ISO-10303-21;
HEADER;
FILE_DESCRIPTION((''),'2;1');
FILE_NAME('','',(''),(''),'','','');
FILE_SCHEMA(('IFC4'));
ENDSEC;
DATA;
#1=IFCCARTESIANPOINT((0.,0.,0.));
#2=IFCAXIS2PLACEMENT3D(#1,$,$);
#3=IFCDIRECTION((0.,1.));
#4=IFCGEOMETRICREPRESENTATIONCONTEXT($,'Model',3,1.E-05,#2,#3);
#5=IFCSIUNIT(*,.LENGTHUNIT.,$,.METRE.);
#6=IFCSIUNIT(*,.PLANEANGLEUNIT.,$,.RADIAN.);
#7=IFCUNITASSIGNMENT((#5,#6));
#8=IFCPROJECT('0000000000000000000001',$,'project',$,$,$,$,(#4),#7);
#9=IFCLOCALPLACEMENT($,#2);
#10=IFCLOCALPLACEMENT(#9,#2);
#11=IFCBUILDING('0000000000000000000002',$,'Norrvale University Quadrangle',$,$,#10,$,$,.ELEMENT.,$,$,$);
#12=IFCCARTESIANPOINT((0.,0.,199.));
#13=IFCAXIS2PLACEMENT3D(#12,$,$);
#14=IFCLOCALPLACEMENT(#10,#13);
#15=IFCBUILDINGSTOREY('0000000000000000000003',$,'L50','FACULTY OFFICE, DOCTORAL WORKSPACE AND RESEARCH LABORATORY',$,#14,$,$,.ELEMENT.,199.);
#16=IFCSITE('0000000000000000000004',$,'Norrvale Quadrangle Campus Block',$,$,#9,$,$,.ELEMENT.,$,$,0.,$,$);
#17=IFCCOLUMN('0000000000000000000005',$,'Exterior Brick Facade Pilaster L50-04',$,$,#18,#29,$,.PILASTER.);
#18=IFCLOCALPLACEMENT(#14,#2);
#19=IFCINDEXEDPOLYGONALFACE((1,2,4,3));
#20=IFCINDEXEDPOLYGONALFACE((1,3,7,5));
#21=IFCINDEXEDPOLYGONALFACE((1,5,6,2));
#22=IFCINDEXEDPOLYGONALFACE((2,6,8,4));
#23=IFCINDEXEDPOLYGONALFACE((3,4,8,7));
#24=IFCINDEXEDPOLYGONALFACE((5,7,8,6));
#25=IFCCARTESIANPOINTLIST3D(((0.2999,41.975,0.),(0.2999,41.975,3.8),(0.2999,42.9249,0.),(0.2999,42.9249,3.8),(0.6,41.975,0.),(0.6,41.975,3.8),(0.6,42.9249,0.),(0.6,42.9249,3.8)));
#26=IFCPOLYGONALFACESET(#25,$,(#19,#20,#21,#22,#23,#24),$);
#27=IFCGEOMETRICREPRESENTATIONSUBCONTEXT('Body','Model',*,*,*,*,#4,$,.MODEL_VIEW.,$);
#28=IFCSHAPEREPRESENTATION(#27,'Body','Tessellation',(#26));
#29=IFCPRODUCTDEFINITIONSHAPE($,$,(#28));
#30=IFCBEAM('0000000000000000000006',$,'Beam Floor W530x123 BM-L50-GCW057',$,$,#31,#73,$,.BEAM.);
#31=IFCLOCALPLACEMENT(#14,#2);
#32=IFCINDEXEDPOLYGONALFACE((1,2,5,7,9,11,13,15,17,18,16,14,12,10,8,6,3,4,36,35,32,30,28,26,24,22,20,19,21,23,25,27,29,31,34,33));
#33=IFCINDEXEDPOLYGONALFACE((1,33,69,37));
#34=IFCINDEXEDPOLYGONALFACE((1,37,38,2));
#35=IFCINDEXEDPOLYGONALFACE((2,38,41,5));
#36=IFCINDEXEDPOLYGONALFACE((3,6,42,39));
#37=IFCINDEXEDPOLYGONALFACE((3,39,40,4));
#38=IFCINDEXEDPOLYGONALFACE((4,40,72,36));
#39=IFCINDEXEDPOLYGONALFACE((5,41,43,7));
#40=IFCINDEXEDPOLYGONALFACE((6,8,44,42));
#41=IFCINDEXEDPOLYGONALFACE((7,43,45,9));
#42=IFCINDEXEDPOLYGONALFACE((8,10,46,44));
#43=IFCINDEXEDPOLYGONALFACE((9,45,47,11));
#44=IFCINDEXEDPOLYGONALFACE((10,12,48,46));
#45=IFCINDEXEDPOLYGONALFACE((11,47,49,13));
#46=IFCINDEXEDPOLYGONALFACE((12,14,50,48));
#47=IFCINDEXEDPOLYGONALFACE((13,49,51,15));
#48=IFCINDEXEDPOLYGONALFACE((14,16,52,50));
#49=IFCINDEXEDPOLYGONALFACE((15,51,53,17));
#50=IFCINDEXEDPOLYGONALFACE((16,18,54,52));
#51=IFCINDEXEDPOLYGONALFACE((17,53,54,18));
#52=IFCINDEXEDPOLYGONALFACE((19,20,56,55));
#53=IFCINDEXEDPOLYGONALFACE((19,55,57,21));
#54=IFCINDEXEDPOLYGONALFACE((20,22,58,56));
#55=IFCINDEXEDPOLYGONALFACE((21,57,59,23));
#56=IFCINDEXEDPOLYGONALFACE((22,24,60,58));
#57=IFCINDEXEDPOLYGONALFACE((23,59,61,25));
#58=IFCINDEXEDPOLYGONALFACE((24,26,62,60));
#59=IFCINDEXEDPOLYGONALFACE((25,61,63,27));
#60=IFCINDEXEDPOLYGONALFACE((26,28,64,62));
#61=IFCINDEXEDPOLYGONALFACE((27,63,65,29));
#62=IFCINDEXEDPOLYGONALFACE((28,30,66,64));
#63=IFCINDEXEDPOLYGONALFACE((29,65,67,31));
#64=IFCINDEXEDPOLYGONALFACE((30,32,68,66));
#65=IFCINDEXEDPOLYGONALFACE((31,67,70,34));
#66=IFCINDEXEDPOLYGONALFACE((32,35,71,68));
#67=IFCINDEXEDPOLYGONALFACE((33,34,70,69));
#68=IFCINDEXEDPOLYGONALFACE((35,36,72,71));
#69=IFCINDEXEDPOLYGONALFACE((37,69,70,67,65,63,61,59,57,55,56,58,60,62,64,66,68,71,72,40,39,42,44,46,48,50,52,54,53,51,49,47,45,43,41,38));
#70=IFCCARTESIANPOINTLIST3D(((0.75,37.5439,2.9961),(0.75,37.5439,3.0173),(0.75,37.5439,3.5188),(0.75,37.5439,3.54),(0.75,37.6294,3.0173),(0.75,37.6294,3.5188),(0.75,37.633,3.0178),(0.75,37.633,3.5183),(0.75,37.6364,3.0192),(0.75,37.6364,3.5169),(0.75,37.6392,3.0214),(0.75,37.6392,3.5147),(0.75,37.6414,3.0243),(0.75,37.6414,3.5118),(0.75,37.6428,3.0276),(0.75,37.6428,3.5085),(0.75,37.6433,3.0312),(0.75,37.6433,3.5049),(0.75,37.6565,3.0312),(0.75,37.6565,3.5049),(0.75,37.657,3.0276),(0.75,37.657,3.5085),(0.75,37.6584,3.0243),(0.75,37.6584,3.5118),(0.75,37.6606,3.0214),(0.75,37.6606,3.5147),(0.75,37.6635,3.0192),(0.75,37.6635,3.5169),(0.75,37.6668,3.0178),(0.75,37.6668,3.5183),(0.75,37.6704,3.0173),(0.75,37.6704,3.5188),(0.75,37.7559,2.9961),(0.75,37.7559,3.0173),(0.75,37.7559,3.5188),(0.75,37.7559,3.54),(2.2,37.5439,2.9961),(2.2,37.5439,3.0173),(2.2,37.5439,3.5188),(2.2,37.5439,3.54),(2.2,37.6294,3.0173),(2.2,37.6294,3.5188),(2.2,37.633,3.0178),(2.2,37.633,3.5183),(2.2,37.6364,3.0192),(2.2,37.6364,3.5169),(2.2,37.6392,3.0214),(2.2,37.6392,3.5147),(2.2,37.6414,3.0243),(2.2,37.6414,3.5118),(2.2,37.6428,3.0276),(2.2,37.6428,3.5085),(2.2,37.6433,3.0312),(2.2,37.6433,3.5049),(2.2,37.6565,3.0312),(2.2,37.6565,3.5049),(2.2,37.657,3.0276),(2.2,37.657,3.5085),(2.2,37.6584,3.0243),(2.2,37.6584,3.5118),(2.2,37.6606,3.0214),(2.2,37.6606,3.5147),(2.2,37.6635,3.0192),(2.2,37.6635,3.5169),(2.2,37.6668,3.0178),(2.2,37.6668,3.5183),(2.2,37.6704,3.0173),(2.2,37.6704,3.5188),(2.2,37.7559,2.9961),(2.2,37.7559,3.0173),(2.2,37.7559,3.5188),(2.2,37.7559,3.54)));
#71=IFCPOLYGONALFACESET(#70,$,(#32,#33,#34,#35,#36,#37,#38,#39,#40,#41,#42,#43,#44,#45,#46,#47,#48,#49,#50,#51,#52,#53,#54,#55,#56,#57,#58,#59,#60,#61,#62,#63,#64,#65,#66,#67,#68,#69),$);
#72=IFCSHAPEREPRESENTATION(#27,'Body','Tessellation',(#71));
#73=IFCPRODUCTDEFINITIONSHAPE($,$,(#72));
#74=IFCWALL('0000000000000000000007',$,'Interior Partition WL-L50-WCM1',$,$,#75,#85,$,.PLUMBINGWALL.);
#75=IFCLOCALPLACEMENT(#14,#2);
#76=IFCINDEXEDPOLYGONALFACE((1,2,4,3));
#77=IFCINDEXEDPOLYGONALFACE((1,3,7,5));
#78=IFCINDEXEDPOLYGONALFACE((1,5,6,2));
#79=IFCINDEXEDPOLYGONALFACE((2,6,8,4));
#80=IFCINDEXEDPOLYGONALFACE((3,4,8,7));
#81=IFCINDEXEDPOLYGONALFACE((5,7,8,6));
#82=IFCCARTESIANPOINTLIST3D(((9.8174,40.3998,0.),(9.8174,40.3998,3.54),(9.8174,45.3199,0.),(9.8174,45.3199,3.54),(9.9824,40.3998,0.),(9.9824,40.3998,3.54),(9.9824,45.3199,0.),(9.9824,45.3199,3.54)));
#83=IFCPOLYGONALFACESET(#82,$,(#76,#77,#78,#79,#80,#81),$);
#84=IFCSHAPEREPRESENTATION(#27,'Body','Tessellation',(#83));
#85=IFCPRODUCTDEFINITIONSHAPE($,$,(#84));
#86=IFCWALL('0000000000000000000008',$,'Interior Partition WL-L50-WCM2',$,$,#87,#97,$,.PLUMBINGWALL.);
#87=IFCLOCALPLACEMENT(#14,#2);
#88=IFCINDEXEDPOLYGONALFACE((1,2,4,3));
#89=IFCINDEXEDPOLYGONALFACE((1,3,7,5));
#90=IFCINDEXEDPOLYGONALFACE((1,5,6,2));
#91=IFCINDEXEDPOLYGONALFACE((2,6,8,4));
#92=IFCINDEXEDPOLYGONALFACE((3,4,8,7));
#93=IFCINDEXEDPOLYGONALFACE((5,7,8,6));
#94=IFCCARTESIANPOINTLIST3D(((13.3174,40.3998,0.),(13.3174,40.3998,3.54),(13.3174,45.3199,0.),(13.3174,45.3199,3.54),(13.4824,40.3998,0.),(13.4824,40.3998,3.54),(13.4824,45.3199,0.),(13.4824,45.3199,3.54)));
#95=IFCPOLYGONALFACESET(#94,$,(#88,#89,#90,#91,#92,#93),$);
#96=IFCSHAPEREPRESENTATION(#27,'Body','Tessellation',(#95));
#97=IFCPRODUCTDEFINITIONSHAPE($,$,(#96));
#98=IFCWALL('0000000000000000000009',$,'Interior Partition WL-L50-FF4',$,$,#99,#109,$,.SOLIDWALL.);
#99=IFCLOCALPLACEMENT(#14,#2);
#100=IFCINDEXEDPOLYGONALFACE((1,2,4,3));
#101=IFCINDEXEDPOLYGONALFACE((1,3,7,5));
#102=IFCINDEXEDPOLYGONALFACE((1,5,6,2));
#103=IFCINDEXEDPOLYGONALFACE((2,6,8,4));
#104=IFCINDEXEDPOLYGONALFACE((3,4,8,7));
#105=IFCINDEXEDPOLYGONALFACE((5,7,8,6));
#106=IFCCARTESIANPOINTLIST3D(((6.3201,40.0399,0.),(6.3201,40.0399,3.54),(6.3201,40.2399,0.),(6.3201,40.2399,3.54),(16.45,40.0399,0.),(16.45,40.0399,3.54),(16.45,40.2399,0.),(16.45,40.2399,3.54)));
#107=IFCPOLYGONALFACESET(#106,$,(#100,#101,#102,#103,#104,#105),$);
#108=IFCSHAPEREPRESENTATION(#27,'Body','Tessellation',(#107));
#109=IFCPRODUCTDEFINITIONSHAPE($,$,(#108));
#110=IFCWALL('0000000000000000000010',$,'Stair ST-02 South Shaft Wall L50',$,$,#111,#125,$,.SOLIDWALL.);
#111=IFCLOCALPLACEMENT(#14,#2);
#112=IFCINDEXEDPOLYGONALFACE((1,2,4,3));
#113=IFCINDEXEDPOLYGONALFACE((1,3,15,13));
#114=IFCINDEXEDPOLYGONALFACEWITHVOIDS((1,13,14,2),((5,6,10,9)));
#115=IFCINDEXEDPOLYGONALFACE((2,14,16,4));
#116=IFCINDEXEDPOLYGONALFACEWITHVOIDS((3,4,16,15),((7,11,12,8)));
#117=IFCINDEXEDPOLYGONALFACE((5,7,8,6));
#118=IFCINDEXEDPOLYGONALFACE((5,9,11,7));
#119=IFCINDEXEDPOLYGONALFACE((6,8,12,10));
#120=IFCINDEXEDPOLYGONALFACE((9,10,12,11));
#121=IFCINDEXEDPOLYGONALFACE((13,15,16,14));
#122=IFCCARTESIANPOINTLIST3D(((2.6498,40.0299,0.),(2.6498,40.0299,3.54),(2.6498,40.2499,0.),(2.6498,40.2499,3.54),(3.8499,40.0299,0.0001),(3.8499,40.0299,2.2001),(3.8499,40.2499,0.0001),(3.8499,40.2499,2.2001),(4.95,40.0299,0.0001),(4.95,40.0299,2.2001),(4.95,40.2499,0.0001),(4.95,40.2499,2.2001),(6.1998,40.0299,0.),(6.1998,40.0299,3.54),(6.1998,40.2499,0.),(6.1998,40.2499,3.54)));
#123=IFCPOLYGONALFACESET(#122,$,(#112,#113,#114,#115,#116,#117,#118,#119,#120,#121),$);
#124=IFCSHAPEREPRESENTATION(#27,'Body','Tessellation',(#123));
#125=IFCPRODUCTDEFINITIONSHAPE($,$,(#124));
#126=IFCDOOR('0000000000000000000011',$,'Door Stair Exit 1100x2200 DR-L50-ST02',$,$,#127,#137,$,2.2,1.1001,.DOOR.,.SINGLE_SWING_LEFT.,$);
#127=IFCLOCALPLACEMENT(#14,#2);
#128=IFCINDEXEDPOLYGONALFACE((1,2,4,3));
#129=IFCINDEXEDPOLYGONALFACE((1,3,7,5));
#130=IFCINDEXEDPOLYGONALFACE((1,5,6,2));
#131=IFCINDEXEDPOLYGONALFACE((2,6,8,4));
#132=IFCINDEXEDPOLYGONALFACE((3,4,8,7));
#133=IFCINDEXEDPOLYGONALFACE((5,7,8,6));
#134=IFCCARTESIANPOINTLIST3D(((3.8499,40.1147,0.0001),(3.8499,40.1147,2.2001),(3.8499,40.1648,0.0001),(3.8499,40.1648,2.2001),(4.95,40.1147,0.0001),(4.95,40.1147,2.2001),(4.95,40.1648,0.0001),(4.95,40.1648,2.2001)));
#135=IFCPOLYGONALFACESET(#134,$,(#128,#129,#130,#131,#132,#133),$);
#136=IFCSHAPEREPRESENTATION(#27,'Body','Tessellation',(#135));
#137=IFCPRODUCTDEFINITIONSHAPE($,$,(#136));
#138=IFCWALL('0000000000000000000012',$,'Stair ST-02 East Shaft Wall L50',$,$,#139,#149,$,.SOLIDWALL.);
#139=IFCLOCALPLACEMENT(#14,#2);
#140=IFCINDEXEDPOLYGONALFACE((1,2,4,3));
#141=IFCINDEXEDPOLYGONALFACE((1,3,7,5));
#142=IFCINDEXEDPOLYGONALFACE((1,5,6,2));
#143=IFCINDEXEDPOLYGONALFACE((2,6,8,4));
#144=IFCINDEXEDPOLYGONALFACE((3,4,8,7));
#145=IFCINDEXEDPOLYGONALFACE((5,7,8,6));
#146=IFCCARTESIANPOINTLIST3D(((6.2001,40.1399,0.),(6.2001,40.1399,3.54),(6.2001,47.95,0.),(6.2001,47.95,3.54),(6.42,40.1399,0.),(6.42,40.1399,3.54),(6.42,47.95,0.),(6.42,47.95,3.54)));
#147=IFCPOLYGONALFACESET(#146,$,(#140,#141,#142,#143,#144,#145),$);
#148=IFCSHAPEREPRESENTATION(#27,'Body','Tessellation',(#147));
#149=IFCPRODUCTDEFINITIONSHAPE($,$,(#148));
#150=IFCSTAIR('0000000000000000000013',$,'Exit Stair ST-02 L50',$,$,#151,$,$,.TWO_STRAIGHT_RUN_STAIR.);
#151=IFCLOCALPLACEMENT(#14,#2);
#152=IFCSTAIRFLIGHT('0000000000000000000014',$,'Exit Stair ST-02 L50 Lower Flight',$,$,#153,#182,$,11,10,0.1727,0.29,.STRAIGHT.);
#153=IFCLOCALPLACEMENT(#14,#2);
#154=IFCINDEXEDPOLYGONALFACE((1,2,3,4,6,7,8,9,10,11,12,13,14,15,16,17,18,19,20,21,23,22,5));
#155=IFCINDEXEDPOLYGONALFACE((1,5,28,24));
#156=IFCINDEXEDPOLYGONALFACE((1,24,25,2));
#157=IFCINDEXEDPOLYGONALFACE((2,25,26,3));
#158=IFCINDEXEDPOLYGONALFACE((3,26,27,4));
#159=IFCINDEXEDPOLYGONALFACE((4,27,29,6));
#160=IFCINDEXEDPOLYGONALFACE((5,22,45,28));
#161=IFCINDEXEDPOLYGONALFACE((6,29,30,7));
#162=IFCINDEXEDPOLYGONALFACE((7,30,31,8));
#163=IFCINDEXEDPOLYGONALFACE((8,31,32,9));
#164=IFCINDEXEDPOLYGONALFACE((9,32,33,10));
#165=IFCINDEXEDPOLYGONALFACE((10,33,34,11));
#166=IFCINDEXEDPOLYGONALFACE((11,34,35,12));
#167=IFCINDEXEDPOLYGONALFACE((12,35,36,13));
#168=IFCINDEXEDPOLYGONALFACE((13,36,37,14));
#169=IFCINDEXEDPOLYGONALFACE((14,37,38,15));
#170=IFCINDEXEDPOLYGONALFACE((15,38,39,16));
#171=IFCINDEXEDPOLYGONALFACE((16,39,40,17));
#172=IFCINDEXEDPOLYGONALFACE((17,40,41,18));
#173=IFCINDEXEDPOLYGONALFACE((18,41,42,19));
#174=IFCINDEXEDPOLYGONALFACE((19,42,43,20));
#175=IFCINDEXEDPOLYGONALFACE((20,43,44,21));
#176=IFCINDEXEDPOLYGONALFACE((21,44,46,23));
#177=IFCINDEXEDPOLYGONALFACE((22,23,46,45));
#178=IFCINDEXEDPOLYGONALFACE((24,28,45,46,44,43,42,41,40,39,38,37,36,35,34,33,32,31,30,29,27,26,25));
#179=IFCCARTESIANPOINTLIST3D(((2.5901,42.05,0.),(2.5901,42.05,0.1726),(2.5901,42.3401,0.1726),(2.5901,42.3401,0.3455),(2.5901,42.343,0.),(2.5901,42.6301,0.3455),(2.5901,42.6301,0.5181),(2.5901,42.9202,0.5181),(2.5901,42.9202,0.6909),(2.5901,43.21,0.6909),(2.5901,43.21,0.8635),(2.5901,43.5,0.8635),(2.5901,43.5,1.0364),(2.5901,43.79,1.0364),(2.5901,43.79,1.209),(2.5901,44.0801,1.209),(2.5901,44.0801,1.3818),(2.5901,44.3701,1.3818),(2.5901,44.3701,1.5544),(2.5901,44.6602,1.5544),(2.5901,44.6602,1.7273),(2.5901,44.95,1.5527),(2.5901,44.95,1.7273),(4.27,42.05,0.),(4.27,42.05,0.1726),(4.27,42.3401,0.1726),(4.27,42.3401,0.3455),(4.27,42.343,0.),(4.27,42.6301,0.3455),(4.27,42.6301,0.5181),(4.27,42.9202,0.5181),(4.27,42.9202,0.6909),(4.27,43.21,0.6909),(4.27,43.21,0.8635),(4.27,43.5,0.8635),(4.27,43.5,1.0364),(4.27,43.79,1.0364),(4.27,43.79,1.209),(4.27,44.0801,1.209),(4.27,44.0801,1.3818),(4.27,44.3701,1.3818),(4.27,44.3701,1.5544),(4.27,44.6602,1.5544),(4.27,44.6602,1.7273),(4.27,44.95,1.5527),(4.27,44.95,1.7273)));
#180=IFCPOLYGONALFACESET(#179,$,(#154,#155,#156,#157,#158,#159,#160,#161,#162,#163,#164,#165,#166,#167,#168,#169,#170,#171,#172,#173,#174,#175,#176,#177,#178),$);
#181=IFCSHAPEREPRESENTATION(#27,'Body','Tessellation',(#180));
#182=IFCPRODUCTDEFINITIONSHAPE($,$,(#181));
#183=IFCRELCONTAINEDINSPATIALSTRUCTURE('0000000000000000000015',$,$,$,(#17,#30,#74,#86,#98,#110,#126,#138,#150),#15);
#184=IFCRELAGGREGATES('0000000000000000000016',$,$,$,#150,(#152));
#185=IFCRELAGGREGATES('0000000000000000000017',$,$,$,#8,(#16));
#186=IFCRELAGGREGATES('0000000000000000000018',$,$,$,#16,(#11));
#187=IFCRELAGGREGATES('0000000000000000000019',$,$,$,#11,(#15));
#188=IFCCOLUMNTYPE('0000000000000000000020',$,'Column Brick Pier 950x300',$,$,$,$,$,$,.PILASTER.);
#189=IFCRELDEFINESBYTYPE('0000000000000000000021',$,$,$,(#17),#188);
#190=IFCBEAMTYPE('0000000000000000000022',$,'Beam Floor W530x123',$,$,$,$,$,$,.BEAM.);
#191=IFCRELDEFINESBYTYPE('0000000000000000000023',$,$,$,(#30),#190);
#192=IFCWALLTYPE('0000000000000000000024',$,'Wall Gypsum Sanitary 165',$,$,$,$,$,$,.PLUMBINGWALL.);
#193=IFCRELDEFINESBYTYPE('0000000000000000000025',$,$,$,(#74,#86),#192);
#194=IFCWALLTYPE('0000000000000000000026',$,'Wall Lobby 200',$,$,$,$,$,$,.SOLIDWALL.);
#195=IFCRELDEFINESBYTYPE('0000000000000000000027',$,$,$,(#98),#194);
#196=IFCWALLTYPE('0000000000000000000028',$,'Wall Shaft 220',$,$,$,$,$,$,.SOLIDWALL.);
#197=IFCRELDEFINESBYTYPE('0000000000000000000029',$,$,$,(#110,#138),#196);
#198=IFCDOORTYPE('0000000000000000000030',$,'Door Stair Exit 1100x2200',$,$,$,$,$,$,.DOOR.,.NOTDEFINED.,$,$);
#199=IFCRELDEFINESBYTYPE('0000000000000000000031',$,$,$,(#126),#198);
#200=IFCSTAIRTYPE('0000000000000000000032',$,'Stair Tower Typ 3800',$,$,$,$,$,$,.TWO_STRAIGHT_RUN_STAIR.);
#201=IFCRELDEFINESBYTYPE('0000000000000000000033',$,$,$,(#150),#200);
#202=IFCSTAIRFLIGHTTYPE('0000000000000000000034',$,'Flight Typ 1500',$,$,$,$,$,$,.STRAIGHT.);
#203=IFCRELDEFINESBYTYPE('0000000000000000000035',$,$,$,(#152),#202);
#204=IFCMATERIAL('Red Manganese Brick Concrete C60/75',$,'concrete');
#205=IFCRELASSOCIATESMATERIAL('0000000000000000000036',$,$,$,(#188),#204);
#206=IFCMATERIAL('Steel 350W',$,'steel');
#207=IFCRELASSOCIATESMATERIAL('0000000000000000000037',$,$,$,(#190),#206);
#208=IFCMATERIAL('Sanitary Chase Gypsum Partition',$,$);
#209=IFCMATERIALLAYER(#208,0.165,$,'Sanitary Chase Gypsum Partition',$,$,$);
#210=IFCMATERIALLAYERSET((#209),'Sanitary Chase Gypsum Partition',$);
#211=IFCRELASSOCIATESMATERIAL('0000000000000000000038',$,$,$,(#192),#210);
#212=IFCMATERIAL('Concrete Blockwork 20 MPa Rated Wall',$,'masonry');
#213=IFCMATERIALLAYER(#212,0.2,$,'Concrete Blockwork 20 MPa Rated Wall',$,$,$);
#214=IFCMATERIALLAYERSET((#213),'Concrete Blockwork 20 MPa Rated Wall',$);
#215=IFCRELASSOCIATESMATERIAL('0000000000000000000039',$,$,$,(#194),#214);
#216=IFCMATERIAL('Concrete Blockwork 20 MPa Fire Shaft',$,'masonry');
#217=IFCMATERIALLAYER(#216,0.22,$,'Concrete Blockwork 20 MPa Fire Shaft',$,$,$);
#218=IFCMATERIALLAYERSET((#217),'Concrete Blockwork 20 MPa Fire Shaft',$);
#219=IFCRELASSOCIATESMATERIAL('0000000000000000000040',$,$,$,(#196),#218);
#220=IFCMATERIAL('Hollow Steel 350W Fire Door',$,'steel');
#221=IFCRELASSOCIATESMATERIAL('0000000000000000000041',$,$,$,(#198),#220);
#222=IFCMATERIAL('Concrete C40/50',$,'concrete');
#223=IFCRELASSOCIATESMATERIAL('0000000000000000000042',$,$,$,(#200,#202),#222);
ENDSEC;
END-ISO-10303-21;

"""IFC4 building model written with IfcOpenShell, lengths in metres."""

from ifc_helpers import new_model, si_unit, direction, frame, frame_2d, origin, origin_2d, place, context, subcontext, project, spatial, polyline, rectangle, i_section, outline, extrude, material, layer, layer_set, material_profile, profile_set, type_object, element, fill, aggregate, save


model = new_model("IFC4")

# Units and contexts
model_context = context("Model", 3, precision=1e-05, world=origin(), true_north=direction((0.0, 1.0)))
body_context = subcontext(model_context, "Body", "Model", "MODEL_VIEW")
ifc_project = project(units=[si_unit("LENGTHUNIT", "METRE"), si_unit("PLANEANGLEUNIT", "RADIAN")], contexts=[model_context])

# Site, building, storey
site_placement = place(None, origin())
site = spatial("IfcSite", under=ifc_project, at=site_placement, Name="Norrvale Quadrangle Campus Block", CompositionType="ELEMENT", RefElevation=0.0)
building_placement = place(site_placement, origin())
building = spatial("IfcBuilding", under=site, at=building_placement, Name="Norrvale University Quadrangle", CompositionType="ELEMENT")
storey_placement = place(building_placement, frame((0.0, 0.0, 199.0)))
storey = spatial("IfcBuildingStorey", under=building, at=storey_placement, Name="L50", Description="FACULTY OFFICE, DOCTORAL WORKSPACE AND RESEARCH LABORATORY", CompositionType="ELEMENT", Elevation=199.0)

# Column
ifc_material_1 = material(Name="Red Manganese Brick Concrete C60/75", Category="concrete")
ifc_material_profile_1 = material_profile(ifc_material_1, rectangle(XDim=0.95, YDim=0.3, at=origin_2d()), Name="Red Manganese Brick Concrete C60/75")
ifc_profile_set_1 = profile_set([ifc_material_profile_1], Name="Red Manganese Brick Concrete C60/75")
column_type = type_object("IfcColumnType", Name="Column Brick Pier 950x300", PredefinedType="PILASTER", material=ifc_profile_set_1)
column_placement = place(storey_placement, frame((0.45, 42.45, 0.0), z_axis=(0.0, 0.0, 1.0), x_axis=(0.0, 1.0, 0.0)))
element("IfcColumn", 1, at=column_placement, inside=storey, type_object=column_type, Name="Exterior Brick Facade Pilaster L50-04", PredefinedType="PILASTER", context=body_context, shape_type="SweptSolid", body=[
    extrude(rectangle(XDim=0.95, YDim=0.3, at=origin_2d()), origin(), (0.0, 0.0, 1.0), 3.8),
])

# Beam
ifc_material_2 = material(Name="Steel 350W", Category="steel")
ifc_material_profile_2 = material_profile(ifc_material_2, i_section(OverallWidth=0.2119, OverallDepth=0.5439, WebThickness=0.0132, FlangeThickness=0.0212, FilletRadius=0.0139, at=origin_2d()), Name="Steel 350W")
ifc_profile_set_2 = profile_set([ifc_material_profile_2], Name="Steel 350W")
beam_type = type_object("IfcBeamType", Name="Beam Floor W530x123", PredefinedType="BEAM", material=ifc_profile_set_2)
beam_placement = place(storey_placement, frame((0.75, 37.6499, 3.2681), z_axis=(1.0, 0.0, 0.0), x_axis=(0.0, 1.0, 0.0)))
element("IfcBeam", 2, at=beam_placement, inside=storey, type_object=beam_type, Name="Beam Floor W530x123 BM-L50-GCW057", PredefinedType="BEAM", context=body_context, shape_type="SweptSolid", body=[
    extrude(i_section(OverallWidth=0.2119, OverallDepth=0.5439, WebThickness=0.0132, FlangeThickness=0.0212, FilletRadius=0.0139, at=origin_2d()), origin(), (0.0, 0.0, 1.0), 1.45),
])

# Walls
ifc_material_3 = material(Name="Sanitary Chase Gypsum Partition")
ifc_layer_1 = layer(ifc_material_3, 0.165, Name="Sanitary Chase Gypsum Partition")
ifc_layer_set_1 = layer_set([ifc_layer_1], Name="Sanitary Chase Gypsum Partition")
wall_type_1 = type_object("IfcWallType", Name="Wall Gypsum Sanitary 165", PredefinedType="PLUMBINGWALL", material=ifc_layer_set_1)
for number, where, z_axis, x_axis, name in (
    (3, (9.8999, 40.3999, 0.0), (0.0, 0.0, 1.0), (0.0, 1.0, 0.0), "Interior Partition WL-L50-WCM1"),
    (4, (13.3999, 40.3999, 0.0), (0.0, 0.0, 1.0), (0.0, 1.0, 0.0), "Interior Partition WL-L50-WCM2"),
):
    element("IfcWall", number, at=place(storey_placement, frame(where, z_axis=z_axis, x_axis=x_axis)), inside=storey, type_object=wall_type_1, Name=name, PredefinedType="PLUMBINGWALL", context=body_context, shape_type="SweptSolid", body=[
        extrude(rectangle(XDim=4.9202, YDim=0.165, at=frame_2d((2.46, 0.0))), origin(), (0.0, 0.0, 1.0), 3.54),
    ])
ifc_material_4 = material(Name="Concrete Blockwork 20 MPa Rated Wall", Category="masonry")
ifc_layer_2 = layer(ifc_material_4, 0.2, Name="Concrete Blockwork 20 MPa Rated Wall")
ifc_layer_set_2 = layer_set([ifc_layer_2], Name="Concrete Blockwork 20 MPa Rated Wall")
wall_type_2 = type_object("IfcWallType", Name="Wall Lobby 200", PredefinedType="SOLIDWALL", material=ifc_layer_set_2)
wall_1_placement = place(storey_placement, frame((6.3201, 40.1399, 0.0), z_axis=(0.0, 0.0, 1.0), x_axis=(1.0, 0.0, 0.0)))
element("IfcWall", 5, at=wall_1_placement, inside=storey, type_object=wall_type_2, Name="Interior Partition WL-L50-FF4", PredefinedType="SOLIDWALL", context=body_context, shape_type="SweptSolid", body=[
    extrude(rectangle(XDim=10.1299, YDim=0.2, at=frame_2d((5.0649, 0.0))), origin(), (0.0, 0.0, 1.0), 3.54),
])

# Wall, opening, door
ifc_material_5 = material(Name="Concrete Blockwork 20 MPa Fire Shaft", Category="masonry")
ifc_layer_3 = layer(ifc_material_5, 0.22, Name="Concrete Blockwork 20 MPa Fire Shaft")
ifc_layer_set_3 = layer_set([ifc_layer_3], Name="Concrete Blockwork 20 MPa Fire Shaft")
wall_type_3 = type_object("IfcWallType", Name="Wall Shaft 220", PredefinedType="SOLIDWALL", material=ifc_layer_set_3)
wall_2_placement = place(storey_placement, frame((2.6499, 40.1399, 0.0), z_axis=(0.0, 0.0, 1.0), x_axis=(1.0, 0.0, 0.0)))
wall_2 = element("IfcWall", 6, at=wall_2_placement, inside=storey, type_object=wall_type_3, Name="Stair ST-02 South Shaft Wall L50", PredefinedType="SOLIDWALL", context=body_context, shape_type="SweptSolid", body=[
    extrude(rectangle(XDim=3.55, YDim=0.22, at=frame_2d((1.7749, 0.0))), origin(), (0.0, 0.0, 1.0), 3.54),
])
opening_placement = place(wall_2_placement, frame((1.2, 0.0, 0.0)))
opening = element("IfcOpeningElement", 7, at=opening_placement, cuts=wall_2, PredefinedType="OPENING", context=body_context, shape_type="SweptSolid", body=[
    extrude(rectangle(XDim=1.1001, YDim=2.2, at=frame_2d((0.55, 1.1001))), frame((0.0, 0.1221, 0.0), z_axis=(0.0, -1.0, 0.0), x_axis=(1.0, 0.0, 0.0)), (0.0, 0.0, 1.0), 0.2439),
])
ifc_material_6 = material(Name="Hollow Steel 350W Fire Door", Category="steel")
door_type = type_object("IfcDoorType", Name="Door Stair Exit 1100x2200", OperationType="NOTDEFINED", PredefinedType="DOOR", material=ifc_material_6)
door_placement = place(opening_placement, origin())
door = element("IfcDoor", 8, at=door_placement, inside=storey, type_object=door_type, Name="Door Stair Exit 1100x2200 DR-L50-ST02", OperationType="SINGLE_SWING_LEFT", OverallHeight=2.2, OverallWidth=1.1001, PredefinedType="DOOR", context=body_context, shape_type="SweptSolid", body=[
    extrude(rectangle(XDim=1.1001, YDim=2.2, at=frame_2d((0.55, 1.1001))), frame((0.0, 0.0249, 0.0), z_axis=(0.0, -1.0, 0.0), x_axis=(1.0, 0.0, 0.0)), (0.0, 0.0, 1.0), 0.05),
])
fill(opening, door)

# Wall
wall_3_placement = place(storey_placement, frame((6.3101, 40.1399, 0.0), z_axis=(0.0, 0.0, 1.0), x_axis=(0.0, 1.0, 0.0)))
element("IfcWall", 9, at=wall_3_placement, inside=storey, type_object=wall_type_3, Name="Stair ST-02 East Shaft Wall L50", PredefinedType="SOLIDWALL", context=body_context, shape_type="SweptSolid", body=[
    extrude(rectangle(XDim=7.8101, YDim=0.22, at=frame_2d((3.905, 0.0))), origin(), (0.0, 0.0, 1.0), 3.54),
])

# Stair, stair flight
ifc_material_7 = material(Name="Concrete C40/50", Category="concrete")
stair_type = type_object("IfcStairType", Name="Stair Tower Typ 3800", PredefinedType="TWO_STRAIGHT_RUN_STAIR", material=ifc_material_7)
stair_placement = place(storey_placement, origin())
stair = element("IfcStair", 10, at=stair_placement, inside=storey, type_object=stair_type, Name="Exit Stair ST-02 L50", PredefinedType="TWO_STRAIGHT_RUN_STAIR")
stair_flight_type = type_object("IfcStairFlightType", Name="Flight Typ 1500", PredefinedType="STRAIGHT", material=ifc_material_7)
stair_flight_1_placement = place(storey_placement, frame((3.4299, 42.05, 0.0), z_axis=(0.0, 0.0, 1.0), x_axis=(0.0, 1.0, 0.0)))
stair_flight_1 = element("IfcStairFlight", 11, at=stair_flight_1_placement, type_object=stair_flight_type, Name="Exit Stair ST-02 L50 Lower Flight", NumberOfRisers=11, NumberOfTreads=10, PredefinedType="STRAIGHT", RiserHeight=0.1727, TreadLength=0.29, context=body_context, shape_type="SweptSolid", body=[
    extrude(outline(polyline([(0.0, 0.0), (0.0, 0.1726), (0.29, 0.1726), (0.29, 0.3455), (0.5801, 0.3455), (0.5801, 0.5181), (0.8701, 0.5181), (0.8701, 0.6909), (1.1599, 0.6909), (1.1599, 0.8635), (1.45, 0.8635), (1.45, 1.0364), (1.74, 1.0364), (1.74, 1.209), (2.03, 1.209), (2.03, 1.3818), (2.3201, 1.3818), (2.3201, 1.5544), (2.6101, 1.5544), (2.6101, 1.7273), (2.8999, 1.7273), (2.8999, 1.8999), (2.8999, 1.5527), (0.293, 0.0), (0.0, 0.0)])), frame((0.0, 0.8398, 0.0), z_axis=(0.0, -1.0, 0.0), x_axis=(1.0, 0.0, 0.0)), (0.0, 0.0, 1.0), 1.6799),
])
aggregate(stair, [stair_flight_1])

save(model, "model.ifc")
